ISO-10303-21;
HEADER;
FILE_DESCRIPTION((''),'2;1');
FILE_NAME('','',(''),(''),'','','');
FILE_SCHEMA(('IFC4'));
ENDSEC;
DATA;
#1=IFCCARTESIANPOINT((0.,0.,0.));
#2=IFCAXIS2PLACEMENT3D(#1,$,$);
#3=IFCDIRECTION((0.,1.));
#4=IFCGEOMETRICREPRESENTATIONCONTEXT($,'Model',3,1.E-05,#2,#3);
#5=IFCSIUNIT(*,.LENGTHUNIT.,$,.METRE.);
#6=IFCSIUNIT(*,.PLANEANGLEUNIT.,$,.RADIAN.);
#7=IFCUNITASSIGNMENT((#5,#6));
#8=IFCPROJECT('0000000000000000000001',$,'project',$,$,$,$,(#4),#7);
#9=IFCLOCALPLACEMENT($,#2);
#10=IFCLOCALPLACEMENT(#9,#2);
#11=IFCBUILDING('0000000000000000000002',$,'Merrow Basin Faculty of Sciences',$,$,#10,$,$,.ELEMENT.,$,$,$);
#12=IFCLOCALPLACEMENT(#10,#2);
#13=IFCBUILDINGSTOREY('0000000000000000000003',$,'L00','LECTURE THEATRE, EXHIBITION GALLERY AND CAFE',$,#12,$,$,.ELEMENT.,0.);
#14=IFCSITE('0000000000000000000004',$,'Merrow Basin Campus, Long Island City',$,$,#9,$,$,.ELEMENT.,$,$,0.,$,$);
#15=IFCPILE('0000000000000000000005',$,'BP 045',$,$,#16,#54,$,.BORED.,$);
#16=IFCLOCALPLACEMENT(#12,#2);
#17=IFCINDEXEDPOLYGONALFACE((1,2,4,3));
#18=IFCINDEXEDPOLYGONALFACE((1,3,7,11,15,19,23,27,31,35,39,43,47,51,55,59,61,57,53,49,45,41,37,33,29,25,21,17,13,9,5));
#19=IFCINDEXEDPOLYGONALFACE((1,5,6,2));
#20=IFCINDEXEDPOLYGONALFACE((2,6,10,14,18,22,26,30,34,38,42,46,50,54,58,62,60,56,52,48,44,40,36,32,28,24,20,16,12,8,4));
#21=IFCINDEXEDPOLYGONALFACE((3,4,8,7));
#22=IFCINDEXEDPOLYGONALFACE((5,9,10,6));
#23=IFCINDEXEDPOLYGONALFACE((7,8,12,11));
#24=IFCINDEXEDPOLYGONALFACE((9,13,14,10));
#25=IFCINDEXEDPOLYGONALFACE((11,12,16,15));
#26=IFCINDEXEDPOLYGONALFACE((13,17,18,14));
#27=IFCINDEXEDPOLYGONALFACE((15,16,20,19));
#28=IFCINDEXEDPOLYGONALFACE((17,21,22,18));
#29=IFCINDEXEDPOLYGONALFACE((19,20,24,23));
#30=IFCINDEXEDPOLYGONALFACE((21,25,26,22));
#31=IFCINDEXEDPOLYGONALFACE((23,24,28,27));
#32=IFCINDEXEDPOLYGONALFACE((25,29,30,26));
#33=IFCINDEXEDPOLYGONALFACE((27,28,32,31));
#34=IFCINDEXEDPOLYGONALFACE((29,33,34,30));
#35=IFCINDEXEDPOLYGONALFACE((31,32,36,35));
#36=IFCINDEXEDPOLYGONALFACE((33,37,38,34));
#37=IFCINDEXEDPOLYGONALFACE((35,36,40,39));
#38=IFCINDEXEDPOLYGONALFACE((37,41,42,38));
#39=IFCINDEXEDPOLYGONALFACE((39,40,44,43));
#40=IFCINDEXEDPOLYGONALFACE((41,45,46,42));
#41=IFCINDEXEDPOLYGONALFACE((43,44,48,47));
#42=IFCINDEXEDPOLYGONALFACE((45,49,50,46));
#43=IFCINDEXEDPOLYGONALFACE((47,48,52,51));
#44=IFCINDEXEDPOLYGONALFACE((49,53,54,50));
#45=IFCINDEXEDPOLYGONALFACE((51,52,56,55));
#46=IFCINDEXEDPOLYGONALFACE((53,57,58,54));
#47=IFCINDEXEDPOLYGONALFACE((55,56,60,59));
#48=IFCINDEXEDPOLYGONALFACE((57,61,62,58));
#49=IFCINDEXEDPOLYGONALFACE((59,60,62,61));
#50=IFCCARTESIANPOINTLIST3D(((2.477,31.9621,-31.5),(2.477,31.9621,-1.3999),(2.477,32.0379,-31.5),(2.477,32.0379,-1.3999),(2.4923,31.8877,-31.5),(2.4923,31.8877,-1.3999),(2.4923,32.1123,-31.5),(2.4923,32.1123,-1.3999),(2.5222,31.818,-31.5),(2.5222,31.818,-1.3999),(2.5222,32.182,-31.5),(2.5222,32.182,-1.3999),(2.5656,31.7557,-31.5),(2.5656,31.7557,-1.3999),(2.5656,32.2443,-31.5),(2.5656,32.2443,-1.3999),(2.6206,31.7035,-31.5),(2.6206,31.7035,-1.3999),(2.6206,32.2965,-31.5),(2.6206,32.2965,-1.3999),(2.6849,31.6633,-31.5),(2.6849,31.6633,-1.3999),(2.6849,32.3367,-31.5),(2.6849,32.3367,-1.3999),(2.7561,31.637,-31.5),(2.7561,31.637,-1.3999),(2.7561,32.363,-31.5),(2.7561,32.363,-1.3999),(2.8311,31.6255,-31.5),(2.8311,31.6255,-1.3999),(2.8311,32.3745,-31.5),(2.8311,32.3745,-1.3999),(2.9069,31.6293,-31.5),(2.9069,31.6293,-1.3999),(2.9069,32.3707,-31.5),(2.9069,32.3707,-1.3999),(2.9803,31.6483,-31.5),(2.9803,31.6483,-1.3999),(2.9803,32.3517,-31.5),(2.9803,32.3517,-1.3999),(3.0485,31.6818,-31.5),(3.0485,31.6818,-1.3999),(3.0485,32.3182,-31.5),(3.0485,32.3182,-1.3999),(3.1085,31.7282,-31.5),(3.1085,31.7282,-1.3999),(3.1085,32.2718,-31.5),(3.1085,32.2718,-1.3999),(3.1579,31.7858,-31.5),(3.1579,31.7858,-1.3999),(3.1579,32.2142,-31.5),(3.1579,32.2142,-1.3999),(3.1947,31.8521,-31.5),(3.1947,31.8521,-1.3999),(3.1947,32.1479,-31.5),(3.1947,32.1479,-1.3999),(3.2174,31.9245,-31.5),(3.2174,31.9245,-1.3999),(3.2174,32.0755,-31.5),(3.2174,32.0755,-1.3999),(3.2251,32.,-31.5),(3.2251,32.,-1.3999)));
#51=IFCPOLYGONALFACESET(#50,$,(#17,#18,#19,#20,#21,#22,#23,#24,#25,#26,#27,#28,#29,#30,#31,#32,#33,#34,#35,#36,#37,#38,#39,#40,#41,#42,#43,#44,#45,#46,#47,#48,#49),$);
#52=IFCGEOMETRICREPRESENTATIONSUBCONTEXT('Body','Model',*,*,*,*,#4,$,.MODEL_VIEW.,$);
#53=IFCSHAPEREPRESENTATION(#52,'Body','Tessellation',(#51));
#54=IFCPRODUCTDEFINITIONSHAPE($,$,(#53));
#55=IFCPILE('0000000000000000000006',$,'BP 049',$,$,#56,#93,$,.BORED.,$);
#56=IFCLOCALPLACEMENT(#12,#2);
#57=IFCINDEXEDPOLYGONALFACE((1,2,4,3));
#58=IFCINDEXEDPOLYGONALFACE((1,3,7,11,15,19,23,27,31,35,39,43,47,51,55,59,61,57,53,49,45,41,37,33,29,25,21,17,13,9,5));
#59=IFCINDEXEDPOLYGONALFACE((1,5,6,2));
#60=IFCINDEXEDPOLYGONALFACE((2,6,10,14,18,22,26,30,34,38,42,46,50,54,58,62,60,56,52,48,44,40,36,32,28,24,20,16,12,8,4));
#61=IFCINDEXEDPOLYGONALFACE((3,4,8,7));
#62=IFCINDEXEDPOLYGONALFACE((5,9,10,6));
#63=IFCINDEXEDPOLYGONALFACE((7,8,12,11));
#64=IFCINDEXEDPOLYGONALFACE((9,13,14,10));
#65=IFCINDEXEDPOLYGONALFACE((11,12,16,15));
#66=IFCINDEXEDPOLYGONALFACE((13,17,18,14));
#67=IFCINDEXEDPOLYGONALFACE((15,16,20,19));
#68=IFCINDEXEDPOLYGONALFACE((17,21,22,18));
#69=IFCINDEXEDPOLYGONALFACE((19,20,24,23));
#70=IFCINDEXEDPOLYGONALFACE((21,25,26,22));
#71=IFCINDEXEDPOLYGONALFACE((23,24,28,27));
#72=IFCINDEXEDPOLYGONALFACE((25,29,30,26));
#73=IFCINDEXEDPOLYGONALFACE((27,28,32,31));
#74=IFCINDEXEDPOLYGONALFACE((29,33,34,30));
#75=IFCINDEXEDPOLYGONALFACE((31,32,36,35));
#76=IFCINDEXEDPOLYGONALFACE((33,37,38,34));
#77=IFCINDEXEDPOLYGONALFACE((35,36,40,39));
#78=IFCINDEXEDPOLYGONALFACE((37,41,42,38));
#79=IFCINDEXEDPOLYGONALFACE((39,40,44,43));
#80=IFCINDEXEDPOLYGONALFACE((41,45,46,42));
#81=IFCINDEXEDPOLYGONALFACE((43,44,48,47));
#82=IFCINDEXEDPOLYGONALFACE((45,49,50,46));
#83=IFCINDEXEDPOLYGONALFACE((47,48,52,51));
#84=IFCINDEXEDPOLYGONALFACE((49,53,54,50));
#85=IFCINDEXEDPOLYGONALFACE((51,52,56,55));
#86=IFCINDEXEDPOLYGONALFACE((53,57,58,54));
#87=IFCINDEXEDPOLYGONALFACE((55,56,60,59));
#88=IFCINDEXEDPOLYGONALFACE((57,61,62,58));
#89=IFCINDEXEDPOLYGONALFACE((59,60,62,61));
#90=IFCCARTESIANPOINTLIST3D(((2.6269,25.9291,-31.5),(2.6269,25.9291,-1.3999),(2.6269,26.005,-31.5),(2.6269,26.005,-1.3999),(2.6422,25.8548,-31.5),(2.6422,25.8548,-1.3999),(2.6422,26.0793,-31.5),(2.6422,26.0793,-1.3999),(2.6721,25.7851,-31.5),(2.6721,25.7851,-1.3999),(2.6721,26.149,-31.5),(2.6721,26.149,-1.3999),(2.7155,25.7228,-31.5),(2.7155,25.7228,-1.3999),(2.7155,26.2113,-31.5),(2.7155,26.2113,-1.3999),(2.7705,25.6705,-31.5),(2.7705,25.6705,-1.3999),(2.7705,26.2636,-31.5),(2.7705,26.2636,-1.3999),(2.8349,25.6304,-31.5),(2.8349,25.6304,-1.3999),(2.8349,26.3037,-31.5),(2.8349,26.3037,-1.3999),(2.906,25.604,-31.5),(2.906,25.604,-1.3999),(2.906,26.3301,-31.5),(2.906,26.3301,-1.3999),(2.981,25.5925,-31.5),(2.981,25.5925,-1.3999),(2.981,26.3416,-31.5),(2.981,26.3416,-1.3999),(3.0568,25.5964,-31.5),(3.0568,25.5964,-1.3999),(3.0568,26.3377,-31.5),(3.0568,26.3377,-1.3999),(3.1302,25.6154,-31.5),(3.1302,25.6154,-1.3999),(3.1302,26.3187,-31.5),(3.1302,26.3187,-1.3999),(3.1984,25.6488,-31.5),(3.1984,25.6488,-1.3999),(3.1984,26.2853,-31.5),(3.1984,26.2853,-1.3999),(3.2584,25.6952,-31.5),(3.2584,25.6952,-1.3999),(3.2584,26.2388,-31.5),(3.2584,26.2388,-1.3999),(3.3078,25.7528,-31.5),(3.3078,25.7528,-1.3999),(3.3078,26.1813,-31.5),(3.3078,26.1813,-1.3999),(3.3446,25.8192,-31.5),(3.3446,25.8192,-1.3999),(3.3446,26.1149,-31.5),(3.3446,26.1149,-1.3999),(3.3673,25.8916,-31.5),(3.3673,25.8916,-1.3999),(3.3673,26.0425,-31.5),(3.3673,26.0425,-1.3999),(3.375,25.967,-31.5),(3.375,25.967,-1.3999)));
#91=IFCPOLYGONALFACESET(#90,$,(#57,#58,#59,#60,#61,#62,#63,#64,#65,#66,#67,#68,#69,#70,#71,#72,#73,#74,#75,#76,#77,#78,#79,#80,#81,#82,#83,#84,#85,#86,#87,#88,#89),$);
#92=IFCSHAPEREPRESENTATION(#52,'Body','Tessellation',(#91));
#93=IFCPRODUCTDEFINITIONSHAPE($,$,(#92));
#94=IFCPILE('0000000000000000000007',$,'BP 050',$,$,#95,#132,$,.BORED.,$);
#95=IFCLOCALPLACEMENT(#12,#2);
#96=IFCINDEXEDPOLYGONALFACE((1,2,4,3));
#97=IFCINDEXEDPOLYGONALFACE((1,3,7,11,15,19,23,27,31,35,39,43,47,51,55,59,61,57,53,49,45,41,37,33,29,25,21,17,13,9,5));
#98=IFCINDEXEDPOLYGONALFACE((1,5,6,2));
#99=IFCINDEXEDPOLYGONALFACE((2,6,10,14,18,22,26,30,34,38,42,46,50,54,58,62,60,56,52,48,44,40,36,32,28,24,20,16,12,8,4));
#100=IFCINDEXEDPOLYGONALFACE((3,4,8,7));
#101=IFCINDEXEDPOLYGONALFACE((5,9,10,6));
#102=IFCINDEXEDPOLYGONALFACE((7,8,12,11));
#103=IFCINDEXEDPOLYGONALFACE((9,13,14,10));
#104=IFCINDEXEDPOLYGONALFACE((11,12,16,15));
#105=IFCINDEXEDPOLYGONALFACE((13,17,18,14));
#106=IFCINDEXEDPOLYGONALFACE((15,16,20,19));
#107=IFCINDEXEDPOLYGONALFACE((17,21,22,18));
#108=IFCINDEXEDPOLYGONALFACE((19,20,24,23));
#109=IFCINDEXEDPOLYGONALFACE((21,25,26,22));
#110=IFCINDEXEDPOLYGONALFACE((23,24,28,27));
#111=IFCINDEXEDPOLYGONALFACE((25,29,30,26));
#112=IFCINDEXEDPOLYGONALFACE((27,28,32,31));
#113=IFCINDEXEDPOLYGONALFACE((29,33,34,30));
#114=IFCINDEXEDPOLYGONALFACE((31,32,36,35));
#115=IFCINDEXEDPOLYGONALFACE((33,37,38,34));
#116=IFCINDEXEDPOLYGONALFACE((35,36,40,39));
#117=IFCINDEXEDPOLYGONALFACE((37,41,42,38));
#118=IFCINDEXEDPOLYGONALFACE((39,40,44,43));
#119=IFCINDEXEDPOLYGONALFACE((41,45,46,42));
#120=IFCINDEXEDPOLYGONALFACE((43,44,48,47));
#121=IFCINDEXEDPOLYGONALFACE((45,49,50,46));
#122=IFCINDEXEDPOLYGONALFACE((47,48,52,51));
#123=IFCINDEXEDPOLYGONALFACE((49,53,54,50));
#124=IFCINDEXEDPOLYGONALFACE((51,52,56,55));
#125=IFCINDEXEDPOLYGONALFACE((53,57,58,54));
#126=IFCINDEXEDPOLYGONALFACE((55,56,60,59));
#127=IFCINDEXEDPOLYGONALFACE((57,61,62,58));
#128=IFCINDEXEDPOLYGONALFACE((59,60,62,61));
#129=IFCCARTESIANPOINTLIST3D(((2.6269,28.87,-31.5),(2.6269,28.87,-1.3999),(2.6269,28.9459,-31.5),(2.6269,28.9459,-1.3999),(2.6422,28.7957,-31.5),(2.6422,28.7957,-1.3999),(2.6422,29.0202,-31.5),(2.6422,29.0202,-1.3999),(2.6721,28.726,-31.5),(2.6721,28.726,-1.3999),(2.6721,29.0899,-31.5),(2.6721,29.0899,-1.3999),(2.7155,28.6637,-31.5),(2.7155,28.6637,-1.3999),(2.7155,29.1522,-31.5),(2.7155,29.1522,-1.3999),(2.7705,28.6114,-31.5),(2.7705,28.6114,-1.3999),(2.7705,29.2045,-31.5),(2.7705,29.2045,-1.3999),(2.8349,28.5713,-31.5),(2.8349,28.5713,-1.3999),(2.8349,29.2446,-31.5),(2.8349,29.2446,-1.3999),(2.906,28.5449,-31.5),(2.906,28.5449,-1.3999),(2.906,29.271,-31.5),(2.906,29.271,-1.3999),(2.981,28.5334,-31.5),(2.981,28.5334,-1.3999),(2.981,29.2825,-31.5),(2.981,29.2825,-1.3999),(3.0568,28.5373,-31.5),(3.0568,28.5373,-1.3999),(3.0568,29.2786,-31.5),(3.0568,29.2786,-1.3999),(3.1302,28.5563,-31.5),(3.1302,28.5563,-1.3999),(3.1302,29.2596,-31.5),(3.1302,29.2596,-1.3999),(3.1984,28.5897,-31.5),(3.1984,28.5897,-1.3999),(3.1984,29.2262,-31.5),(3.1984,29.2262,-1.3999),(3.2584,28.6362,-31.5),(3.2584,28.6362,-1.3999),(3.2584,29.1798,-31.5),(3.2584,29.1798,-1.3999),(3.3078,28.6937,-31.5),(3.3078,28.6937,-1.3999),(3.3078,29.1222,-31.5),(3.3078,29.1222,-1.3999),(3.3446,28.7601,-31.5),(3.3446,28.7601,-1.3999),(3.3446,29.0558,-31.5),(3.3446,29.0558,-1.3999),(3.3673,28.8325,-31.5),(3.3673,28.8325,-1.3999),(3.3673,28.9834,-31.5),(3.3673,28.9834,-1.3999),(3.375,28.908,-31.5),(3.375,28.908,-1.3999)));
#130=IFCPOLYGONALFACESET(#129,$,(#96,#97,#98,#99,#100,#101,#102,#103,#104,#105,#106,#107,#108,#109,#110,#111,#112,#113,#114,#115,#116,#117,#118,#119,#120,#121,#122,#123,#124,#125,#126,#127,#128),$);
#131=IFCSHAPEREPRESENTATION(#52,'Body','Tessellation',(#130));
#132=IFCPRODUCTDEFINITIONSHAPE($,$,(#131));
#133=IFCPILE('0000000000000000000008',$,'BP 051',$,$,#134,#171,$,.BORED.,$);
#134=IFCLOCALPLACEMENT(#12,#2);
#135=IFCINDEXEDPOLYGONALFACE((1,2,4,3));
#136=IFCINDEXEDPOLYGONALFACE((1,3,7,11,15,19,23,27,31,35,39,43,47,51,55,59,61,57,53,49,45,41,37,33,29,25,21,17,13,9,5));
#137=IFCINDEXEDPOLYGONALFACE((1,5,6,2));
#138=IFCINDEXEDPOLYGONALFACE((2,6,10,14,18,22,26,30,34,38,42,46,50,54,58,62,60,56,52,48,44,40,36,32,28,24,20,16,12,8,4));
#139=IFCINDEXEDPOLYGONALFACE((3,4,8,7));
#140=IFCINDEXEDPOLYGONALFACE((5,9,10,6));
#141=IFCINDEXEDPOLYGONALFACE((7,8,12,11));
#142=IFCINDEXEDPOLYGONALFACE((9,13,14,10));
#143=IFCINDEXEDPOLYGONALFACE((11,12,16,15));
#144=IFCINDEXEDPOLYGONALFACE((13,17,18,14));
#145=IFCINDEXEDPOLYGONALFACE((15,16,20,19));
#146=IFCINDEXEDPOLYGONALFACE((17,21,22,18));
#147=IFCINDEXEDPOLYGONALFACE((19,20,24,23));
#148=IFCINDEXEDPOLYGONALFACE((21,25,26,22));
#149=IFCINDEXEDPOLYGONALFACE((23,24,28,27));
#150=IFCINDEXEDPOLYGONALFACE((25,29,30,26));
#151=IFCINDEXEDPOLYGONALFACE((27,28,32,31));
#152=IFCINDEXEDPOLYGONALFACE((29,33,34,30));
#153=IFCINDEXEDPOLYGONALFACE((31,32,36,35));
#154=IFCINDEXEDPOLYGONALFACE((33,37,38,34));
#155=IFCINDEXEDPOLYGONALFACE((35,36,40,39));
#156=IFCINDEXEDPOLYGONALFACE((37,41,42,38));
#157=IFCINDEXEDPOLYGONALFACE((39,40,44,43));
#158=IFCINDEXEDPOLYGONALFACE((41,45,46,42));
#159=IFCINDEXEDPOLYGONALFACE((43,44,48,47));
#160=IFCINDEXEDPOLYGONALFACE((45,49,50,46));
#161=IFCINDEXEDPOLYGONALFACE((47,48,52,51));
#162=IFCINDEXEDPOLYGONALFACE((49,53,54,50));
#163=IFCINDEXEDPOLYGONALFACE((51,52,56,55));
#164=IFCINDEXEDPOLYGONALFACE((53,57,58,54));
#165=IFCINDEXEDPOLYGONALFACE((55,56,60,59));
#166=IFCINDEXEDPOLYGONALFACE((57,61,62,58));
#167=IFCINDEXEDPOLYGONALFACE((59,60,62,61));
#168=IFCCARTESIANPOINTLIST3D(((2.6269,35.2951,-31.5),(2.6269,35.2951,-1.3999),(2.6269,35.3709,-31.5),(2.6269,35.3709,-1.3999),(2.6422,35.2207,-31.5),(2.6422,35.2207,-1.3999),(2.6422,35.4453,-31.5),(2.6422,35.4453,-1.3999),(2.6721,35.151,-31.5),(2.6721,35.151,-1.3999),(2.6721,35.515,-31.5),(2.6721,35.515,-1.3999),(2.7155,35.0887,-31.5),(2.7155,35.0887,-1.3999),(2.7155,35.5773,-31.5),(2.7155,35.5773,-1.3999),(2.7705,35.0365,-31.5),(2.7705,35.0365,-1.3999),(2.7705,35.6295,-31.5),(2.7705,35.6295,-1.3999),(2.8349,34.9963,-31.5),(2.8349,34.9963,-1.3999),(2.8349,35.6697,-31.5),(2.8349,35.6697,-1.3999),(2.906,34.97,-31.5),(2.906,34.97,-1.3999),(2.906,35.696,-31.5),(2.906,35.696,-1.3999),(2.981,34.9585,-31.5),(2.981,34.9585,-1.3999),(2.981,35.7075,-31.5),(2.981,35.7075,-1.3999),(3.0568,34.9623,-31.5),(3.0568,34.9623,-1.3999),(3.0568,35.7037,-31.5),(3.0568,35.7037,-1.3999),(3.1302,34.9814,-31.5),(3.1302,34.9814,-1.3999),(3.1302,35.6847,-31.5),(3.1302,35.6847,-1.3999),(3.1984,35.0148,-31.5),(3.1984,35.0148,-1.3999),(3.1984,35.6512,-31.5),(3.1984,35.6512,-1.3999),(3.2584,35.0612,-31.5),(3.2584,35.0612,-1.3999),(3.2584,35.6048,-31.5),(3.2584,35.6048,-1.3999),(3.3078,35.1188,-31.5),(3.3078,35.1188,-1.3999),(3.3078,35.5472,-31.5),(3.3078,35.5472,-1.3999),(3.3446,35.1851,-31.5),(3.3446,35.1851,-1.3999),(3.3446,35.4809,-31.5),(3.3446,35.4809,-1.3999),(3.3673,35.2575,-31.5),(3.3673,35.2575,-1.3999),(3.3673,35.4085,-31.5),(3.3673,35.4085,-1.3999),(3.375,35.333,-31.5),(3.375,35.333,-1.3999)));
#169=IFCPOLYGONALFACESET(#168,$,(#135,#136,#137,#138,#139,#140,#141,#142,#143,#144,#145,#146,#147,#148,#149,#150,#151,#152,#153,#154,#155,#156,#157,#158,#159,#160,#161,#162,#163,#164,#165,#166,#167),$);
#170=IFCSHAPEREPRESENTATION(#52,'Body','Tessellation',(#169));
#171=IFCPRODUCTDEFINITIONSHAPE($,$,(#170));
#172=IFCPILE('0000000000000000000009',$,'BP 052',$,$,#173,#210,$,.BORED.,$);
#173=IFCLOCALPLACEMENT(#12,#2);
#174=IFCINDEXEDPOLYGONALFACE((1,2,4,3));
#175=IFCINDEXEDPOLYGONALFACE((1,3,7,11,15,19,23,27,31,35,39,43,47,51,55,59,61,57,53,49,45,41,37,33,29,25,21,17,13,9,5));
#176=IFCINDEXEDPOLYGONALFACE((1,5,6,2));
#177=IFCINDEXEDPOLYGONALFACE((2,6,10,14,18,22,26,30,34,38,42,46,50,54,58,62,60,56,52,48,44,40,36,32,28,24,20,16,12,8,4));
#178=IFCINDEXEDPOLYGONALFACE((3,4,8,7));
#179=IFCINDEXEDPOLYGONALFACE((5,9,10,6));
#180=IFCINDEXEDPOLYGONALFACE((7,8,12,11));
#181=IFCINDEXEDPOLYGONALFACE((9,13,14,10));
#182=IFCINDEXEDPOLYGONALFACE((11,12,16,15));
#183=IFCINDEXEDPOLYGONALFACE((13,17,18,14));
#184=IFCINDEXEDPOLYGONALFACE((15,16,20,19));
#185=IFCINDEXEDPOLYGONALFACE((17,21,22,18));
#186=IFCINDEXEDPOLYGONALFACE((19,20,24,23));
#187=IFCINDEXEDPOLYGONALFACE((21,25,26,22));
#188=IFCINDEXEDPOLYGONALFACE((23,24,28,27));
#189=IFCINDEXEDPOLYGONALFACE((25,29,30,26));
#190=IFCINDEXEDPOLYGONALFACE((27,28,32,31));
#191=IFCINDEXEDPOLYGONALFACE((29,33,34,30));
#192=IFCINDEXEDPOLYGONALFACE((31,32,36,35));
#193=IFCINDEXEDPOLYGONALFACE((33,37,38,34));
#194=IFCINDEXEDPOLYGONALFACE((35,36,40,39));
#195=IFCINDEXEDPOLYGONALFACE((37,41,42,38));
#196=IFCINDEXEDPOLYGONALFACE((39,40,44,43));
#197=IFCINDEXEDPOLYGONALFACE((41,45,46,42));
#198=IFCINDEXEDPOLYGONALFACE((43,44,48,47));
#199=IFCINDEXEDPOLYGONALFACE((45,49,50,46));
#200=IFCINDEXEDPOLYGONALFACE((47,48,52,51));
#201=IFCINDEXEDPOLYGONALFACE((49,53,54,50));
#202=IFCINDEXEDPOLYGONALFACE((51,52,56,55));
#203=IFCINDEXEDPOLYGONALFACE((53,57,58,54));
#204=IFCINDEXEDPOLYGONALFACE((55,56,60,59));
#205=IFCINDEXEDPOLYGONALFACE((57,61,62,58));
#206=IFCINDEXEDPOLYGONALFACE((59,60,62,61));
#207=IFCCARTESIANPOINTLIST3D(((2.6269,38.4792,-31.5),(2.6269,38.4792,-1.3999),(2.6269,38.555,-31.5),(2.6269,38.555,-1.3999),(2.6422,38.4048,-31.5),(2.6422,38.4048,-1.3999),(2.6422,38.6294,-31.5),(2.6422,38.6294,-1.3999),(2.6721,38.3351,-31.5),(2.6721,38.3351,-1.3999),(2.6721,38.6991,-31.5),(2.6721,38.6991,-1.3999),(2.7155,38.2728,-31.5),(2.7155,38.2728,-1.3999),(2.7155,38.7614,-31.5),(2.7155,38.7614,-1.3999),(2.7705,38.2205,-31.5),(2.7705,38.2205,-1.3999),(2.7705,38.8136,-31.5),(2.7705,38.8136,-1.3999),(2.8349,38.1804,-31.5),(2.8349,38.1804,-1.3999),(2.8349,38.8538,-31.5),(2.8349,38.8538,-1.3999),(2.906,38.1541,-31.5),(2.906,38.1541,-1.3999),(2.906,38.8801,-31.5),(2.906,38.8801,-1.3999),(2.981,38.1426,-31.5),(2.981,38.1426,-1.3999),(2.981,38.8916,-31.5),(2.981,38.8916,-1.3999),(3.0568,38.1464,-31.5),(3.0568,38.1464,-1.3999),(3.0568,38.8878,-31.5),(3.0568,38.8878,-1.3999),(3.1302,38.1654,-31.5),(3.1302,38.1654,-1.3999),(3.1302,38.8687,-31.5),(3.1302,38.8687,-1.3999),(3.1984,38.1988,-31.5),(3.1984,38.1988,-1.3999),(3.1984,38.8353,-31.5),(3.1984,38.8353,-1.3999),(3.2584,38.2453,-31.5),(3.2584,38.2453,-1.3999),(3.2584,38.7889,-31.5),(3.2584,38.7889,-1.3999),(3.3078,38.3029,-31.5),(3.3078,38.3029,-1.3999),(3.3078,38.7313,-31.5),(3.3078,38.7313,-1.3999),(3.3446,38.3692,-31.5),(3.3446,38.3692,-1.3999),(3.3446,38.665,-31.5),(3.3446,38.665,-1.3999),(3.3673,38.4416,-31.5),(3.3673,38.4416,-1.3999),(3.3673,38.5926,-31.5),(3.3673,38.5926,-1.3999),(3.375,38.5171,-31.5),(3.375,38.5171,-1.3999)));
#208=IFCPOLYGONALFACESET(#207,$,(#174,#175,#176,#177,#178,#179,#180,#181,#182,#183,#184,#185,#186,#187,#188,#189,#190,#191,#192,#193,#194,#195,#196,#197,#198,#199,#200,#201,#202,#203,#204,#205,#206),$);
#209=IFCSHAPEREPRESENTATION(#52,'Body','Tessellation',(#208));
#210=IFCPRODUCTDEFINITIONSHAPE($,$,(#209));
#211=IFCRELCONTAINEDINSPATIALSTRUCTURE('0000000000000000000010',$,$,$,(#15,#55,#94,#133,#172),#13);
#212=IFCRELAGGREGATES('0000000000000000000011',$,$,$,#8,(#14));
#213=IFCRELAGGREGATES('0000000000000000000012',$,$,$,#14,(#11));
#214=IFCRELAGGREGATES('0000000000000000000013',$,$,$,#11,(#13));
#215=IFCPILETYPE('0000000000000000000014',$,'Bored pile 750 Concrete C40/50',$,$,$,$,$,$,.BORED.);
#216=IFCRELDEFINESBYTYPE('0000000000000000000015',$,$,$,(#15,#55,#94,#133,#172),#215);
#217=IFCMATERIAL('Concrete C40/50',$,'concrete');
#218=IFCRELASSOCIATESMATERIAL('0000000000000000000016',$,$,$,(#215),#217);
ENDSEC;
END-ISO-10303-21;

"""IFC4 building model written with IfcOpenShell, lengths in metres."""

from ifc_helpers import new_model, si_unit, direction, frame, origin, origin_2d, place, context, subcontext, project, spatial, circle, extrude, material, material_profile, profile_set, type_object, element, save


model = new_model("IFC4")

# Units and contexts
model_context = context("Model", 3, precision=1e-05, world=origin(), true_north=direction((0.0, 1.0)))
body_context = subcontext(model_context, "Body", "Model", "MODEL_VIEW")
ifc_project = project(units=[si_unit("LENGTHUNIT", "METRE"), si_unit("PLANEANGLEUNIT", "RADIAN")], contexts=[model_context])

# Site, building, storey
site_placement = place(None, origin())
site = spatial("IfcSite", under=ifc_project, at=site_placement, Name="Merrow Basin Campus, Long Island City", CompositionType="ELEMENT", RefElevation=0.0)
building_placement = place(site_placement, origin())
building = spatial("IfcBuilding", under=site, at=building_placement, Name="Merrow Basin Faculty of Sciences", CompositionType="ELEMENT")
storey_placement = place(building_placement, origin())
storey = spatial("IfcBuildingStorey", under=building, at=storey_placement, Name="L00", Description="LECTURE THEATRE, EXHIBITION GALLERY AND CAFE", CompositionType="ELEMENT", Elevation=0.0)

# Piles
ifc_material_1 = material(Name="Concrete C40/50", Category="concrete")
ifc_material_profile_1 = material_profile(ifc_material_1, circle(Radius=0.375, at=origin_2d()))
ifc_profile_set_1 = profile_set([ifc_material_profile_1], Name="Concrete C40/50")
pile_type = type_object("IfcPileType", Name="Bored pile 750 Concrete C40/50", PredefinedType="BORED", material=ifc_profile_set_1)
for number, where, z_axis, x_axis, name in (
    (1, (2.8501, 32.0, -1.3999), (0.0, 0.0, -1.0), (1.0, 0.0, 0.0), "BP 045"),
    (2, (3.0, 25.967, -1.3999), (0.0, 0.0, -1.0), (1.0, 0.0, 0.0), "BP 049"),
    (3, (3.0, 28.908, -1.3999), (0.0, 0.0, -1.0), (1.0, 0.0, 0.0), "BP 050"),
    (4, (3.0, 35.333, -1.3999), (0.0, 0.0, -1.0), (1.0, 0.0, 0.0), "BP 051"),
    (5, (3.0, 38.5171, -1.3999), (0.0, 0.0, -1.0), (1.0, 0.0, 0.0), "BP 052"),
):
    element("IfcPile", number, at=place(storey_placement, frame(where, z_axis=z_axis, x_axis=x_axis)), inside=storey, type_object=pile_type, Name=name, PredefinedType="BORED", context=body_context, shape_type="SweptSolid", body=[
        extrude(circle(Radius=0.375, at=origin_2d()), origin(), (0.0, 0.0, 1.0), 30.1001),
    ])

save(model, "model.ifc")
